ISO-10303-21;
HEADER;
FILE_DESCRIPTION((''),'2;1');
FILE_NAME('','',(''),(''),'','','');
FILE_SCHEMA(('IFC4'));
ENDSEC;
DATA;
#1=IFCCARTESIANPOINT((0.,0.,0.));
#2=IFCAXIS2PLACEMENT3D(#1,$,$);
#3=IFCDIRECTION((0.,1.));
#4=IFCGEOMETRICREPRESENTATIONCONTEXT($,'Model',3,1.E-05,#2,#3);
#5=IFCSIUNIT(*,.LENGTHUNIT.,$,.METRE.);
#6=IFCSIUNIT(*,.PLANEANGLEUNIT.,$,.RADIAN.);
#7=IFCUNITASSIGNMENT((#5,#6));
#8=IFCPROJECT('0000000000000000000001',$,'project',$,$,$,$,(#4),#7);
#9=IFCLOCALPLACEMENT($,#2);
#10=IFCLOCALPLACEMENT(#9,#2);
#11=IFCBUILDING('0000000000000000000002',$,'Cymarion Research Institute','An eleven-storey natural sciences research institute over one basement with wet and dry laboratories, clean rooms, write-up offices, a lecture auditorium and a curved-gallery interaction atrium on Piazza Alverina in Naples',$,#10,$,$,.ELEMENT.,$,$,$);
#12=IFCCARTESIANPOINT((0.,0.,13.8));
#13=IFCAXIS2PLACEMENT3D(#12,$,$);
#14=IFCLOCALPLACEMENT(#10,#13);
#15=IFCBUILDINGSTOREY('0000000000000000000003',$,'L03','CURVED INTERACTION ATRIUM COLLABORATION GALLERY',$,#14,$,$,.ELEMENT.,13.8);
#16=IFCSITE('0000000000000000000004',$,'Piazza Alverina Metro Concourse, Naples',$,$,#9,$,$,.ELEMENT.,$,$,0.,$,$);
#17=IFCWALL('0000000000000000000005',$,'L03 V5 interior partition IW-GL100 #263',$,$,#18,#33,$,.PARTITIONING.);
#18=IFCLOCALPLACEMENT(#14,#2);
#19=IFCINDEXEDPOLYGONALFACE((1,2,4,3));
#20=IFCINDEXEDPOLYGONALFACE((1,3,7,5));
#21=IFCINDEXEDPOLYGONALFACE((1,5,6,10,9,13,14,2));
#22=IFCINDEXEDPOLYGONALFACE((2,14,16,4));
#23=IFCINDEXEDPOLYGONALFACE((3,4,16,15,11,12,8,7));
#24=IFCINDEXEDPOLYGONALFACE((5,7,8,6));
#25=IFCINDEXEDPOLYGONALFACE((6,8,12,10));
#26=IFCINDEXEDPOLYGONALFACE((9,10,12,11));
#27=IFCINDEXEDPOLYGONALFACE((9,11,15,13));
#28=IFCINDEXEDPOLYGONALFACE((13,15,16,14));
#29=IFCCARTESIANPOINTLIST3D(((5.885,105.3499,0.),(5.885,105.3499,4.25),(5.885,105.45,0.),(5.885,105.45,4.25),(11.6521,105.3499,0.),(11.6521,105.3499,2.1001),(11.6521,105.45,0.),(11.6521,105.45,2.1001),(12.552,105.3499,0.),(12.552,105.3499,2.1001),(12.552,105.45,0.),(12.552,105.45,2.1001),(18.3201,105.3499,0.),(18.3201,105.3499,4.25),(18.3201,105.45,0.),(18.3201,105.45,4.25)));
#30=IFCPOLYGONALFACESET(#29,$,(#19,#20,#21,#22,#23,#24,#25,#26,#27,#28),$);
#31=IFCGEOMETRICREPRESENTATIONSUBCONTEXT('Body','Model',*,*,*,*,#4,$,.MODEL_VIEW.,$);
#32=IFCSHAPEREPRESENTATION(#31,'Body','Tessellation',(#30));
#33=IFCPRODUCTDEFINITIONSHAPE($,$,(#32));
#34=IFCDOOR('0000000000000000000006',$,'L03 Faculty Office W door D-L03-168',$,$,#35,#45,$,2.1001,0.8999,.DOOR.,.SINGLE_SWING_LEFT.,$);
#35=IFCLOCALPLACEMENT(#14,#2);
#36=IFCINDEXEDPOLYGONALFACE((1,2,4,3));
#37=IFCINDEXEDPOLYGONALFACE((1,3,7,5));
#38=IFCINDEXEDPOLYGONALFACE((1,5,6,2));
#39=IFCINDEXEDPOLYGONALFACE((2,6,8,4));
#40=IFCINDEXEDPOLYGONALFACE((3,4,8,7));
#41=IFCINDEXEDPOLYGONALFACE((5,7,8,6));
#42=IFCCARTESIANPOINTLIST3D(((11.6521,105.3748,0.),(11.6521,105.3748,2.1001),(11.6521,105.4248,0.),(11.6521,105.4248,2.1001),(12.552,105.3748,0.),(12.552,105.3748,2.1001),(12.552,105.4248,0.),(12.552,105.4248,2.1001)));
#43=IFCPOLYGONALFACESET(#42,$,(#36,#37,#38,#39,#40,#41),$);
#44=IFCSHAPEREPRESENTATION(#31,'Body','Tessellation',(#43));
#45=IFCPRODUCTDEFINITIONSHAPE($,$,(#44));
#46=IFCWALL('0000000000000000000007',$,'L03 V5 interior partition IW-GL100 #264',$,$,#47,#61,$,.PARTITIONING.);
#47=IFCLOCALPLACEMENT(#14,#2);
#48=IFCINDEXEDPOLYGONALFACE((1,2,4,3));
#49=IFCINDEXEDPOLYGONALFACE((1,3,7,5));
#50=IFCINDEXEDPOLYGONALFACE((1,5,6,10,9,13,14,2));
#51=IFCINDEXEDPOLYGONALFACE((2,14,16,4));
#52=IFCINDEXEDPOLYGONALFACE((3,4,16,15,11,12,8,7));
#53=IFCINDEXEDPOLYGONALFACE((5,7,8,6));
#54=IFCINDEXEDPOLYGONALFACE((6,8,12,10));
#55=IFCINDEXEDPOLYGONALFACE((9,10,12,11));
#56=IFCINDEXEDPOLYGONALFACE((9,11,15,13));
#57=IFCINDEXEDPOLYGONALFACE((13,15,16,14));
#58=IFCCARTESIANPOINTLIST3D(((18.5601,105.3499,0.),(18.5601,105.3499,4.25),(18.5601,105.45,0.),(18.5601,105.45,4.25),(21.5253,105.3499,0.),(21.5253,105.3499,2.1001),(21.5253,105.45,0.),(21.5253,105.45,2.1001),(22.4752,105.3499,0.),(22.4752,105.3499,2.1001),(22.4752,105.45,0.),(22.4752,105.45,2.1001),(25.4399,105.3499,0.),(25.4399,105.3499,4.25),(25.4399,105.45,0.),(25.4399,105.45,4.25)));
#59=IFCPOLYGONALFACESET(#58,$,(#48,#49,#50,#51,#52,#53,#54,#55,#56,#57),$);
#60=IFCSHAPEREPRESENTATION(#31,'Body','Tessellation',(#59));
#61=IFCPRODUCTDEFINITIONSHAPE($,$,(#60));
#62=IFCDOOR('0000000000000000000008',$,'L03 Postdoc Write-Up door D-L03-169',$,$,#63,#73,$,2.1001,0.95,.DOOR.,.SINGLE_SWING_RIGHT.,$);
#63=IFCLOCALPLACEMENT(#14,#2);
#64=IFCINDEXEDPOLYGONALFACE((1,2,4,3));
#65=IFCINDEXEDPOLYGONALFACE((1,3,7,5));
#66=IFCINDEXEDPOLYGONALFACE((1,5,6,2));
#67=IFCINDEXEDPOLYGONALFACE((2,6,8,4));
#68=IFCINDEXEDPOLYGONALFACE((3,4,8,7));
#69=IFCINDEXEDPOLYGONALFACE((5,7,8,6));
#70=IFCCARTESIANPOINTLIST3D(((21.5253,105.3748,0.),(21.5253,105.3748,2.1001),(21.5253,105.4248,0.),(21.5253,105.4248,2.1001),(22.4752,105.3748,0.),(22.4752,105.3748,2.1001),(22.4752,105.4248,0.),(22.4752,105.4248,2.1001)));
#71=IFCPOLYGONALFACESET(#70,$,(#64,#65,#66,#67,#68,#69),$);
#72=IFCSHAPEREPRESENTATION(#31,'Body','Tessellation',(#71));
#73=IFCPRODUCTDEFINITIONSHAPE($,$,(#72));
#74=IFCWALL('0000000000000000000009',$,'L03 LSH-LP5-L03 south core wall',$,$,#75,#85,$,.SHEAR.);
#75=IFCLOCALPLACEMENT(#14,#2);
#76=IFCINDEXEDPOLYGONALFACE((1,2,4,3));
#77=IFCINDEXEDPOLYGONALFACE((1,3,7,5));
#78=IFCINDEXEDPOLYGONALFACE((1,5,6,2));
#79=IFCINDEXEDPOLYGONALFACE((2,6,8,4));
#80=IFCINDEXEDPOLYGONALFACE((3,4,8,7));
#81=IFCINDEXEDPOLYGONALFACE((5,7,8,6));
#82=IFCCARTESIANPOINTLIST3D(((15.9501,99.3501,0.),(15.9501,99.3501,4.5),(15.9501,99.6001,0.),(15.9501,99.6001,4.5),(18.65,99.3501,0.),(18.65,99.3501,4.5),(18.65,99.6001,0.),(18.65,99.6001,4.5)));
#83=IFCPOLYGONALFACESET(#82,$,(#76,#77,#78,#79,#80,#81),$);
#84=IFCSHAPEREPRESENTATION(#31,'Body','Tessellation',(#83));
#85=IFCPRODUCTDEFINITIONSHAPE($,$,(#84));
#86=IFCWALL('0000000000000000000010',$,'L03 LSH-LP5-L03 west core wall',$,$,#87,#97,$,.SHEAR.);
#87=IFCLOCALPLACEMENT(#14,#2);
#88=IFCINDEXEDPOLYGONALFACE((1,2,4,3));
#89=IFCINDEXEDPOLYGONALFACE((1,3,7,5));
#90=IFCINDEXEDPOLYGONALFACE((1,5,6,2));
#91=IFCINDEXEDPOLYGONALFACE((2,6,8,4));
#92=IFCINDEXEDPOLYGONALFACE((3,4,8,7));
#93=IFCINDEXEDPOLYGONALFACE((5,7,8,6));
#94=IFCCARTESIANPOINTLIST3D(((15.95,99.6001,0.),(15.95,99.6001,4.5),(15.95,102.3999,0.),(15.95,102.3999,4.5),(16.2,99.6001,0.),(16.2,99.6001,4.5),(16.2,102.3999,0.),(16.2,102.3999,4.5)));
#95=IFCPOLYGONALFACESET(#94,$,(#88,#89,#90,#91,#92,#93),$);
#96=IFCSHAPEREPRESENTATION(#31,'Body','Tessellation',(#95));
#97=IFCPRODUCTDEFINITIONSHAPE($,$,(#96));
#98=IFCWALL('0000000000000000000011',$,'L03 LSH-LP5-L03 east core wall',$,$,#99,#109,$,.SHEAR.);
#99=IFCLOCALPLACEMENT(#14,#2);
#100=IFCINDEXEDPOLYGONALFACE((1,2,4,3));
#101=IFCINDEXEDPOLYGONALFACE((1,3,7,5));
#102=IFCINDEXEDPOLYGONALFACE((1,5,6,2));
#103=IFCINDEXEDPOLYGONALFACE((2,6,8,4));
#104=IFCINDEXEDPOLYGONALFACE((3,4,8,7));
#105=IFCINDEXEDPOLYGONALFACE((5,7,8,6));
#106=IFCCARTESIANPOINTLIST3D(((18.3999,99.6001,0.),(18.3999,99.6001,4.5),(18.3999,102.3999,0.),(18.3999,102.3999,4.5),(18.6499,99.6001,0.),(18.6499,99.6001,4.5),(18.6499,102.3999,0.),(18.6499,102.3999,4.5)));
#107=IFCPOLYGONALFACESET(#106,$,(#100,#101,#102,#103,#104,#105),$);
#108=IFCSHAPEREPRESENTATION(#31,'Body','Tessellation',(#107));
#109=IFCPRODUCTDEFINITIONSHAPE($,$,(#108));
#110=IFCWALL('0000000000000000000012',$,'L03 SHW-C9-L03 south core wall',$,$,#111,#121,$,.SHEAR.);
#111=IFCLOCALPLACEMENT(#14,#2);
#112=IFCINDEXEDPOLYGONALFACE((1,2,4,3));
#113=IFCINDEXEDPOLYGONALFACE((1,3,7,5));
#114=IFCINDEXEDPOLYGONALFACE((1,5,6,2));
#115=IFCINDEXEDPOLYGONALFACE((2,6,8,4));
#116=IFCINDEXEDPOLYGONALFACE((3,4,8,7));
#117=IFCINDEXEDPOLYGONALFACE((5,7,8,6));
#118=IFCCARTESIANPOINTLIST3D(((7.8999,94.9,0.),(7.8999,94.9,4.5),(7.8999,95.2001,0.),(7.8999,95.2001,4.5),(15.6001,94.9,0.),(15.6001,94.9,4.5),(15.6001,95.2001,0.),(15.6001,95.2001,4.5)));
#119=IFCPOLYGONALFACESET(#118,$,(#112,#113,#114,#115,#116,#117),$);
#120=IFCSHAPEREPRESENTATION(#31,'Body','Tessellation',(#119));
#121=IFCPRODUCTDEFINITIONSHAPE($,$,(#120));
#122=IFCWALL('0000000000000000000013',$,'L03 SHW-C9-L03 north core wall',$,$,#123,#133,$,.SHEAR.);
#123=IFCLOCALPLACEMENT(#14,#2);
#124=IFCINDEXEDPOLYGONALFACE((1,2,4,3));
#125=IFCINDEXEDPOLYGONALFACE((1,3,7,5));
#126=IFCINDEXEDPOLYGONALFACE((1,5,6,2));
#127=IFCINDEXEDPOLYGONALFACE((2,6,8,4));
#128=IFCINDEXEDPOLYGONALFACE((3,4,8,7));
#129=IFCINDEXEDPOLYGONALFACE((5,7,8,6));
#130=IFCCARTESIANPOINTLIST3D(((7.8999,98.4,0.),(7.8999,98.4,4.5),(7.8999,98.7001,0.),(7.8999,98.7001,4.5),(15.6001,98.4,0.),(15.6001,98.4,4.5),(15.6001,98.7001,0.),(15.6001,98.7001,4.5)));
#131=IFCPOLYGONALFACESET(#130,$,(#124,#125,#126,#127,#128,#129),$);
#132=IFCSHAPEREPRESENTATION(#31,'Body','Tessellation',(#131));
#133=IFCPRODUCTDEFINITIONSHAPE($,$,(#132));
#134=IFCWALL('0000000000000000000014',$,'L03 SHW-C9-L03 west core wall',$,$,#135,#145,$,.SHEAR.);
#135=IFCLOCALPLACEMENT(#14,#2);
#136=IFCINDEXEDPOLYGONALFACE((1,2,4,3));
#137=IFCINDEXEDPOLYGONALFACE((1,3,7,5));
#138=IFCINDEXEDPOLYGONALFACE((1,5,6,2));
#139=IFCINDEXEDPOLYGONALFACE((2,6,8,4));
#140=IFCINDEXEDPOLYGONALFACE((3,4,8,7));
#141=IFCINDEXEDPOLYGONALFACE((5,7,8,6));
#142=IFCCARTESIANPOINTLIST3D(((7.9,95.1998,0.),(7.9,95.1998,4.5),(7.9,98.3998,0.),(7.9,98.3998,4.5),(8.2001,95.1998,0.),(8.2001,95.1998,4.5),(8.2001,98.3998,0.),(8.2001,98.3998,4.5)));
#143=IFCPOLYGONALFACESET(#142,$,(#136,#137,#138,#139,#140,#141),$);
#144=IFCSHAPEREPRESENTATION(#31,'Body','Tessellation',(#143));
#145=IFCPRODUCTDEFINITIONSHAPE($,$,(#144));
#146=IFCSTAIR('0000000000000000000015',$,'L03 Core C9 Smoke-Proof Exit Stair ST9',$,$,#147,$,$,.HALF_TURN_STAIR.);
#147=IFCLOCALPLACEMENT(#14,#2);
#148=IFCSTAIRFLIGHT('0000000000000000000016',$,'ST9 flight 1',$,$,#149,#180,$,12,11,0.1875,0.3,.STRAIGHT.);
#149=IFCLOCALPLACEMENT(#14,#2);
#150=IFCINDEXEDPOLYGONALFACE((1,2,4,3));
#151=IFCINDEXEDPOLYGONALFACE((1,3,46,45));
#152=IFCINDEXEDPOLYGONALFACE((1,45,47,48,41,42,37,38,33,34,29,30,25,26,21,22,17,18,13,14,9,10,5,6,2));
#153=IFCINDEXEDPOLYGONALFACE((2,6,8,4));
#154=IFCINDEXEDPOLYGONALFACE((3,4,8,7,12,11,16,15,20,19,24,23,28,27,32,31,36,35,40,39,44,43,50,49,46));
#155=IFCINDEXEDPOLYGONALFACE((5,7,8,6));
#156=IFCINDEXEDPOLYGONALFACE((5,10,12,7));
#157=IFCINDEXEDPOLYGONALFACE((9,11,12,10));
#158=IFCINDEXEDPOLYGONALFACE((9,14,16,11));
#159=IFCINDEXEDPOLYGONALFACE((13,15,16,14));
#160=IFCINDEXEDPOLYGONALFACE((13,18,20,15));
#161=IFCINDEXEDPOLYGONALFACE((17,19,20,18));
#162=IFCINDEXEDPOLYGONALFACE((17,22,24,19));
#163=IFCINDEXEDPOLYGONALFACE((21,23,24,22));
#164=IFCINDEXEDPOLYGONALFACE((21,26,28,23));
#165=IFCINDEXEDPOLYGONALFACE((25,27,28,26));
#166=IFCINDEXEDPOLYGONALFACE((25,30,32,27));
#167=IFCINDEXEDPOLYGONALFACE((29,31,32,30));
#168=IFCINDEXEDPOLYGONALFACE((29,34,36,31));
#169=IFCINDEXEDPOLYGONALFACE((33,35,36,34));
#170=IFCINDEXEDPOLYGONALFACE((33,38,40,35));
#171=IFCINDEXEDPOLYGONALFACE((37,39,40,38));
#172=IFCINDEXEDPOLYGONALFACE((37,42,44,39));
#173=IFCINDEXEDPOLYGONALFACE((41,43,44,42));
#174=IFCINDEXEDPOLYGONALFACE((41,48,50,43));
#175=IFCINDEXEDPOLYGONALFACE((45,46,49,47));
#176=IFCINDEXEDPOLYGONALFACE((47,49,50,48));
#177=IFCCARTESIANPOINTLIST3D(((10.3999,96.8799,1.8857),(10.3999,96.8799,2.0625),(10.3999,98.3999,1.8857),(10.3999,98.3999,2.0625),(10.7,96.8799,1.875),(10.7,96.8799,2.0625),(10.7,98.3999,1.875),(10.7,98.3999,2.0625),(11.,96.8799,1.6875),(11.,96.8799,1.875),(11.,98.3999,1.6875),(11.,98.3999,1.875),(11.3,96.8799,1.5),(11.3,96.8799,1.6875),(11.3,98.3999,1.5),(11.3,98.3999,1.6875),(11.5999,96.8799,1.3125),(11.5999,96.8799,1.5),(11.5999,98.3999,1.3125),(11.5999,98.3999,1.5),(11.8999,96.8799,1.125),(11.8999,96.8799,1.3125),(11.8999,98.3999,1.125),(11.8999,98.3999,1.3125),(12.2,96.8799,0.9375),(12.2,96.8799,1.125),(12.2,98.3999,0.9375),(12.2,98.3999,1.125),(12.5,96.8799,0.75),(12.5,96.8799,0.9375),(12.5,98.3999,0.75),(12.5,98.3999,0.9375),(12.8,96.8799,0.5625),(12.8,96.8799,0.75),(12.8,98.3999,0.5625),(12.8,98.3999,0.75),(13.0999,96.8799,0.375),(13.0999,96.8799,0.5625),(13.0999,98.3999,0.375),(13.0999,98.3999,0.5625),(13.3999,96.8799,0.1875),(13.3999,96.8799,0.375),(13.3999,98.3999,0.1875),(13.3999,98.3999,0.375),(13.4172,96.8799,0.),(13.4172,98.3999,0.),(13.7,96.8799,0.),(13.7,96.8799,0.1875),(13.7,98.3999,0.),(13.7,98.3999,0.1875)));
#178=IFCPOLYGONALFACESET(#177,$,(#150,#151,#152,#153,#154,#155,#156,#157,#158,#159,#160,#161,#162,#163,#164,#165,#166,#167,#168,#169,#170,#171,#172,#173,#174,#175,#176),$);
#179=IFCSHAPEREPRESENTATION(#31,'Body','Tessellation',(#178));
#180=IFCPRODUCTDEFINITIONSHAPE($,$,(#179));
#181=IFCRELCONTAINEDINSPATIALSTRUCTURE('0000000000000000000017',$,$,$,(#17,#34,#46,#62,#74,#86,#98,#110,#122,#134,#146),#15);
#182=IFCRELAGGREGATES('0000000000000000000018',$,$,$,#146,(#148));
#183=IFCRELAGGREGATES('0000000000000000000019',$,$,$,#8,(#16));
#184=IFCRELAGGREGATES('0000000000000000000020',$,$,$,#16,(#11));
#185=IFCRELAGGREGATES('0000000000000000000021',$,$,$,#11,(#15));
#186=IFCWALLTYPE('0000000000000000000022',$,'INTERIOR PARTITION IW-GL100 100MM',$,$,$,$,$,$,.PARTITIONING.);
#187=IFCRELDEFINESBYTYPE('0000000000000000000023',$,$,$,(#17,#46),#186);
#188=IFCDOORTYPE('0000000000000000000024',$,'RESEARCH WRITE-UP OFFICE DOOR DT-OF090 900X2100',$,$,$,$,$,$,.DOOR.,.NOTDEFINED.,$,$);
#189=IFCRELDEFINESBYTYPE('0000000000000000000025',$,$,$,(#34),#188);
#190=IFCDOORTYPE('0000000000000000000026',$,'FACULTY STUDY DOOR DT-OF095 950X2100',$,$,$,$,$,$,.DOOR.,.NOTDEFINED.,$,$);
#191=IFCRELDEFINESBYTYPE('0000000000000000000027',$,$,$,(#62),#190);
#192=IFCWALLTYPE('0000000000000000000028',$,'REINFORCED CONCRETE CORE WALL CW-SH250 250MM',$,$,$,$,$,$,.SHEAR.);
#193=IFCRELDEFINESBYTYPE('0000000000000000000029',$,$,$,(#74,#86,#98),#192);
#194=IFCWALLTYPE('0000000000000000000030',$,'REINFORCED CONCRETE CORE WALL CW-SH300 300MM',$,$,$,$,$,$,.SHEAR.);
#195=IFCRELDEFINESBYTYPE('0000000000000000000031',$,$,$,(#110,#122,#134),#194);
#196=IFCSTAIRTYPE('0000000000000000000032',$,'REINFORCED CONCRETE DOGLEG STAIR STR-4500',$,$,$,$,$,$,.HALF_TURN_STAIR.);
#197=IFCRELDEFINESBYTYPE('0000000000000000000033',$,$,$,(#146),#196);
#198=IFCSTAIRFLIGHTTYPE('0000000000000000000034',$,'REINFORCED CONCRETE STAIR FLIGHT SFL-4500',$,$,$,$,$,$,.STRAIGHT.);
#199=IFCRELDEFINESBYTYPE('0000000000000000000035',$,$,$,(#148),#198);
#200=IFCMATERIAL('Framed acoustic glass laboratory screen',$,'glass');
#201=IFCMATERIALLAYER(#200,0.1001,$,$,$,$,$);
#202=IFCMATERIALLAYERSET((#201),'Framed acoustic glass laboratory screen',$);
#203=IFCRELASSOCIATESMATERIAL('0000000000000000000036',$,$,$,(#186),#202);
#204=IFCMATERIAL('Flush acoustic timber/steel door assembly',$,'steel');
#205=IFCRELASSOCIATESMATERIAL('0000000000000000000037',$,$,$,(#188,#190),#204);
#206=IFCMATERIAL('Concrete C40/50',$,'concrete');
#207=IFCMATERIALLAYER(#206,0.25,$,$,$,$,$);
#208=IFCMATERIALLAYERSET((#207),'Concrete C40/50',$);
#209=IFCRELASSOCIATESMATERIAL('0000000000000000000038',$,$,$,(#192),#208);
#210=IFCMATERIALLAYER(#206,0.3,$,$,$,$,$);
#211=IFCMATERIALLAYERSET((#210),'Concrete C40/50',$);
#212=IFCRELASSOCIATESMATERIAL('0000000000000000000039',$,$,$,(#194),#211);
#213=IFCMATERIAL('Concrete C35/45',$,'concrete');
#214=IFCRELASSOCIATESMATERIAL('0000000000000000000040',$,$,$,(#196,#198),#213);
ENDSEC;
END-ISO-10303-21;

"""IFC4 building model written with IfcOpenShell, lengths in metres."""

from ifc_helpers import new_model, si_unit, direction, frame, frame_2d, origin, place, context, subcontext, project, spatial, polyline, rectangle, outline, extrude, material, layer, layer_set, type_object, element, fill, aggregate, save


model = new_model("IFC4")

# Units and contexts
model_context = context("Model", 3, precision=1e-05, world=origin(), true_north=direction((0.0, 1.0)))
body_context = subcontext(model_context, "Body", "Model", "MODEL_VIEW")
ifc_project = project(units=[si_unit("LENGTHUNIT", "METRE"), si_unit("PLANEANGLEUNIT", "RADIAN")], contexts=[model_context])

# Site, building, storey
site_placement = place(None, origin())
site = spatial("IfcSite", under=ifc_project, at=site_placement, Name="Piazza Alverina Metro Concourse, Naples", CompositionType="ELEMENT", RefElevation=0.0)
building_placement = place(site_placement, origin())
building = spatial("IfcBuilding", under=site, at=building_placement, Name="Cymarion Research Institute", Description="An eleven-storey natural sciences research institute over one basement with wet and dry laboratories, clean rooms, write-up offices, a lecture auditorium and a curved-gallery interaction atrium on Piazza Alverina in Naples", CompositionType="ELEMENT")
storey_placement = place(building_placement, frame((0.0, 0.0, 13.8)))
storey = spatial("IfcBuildingStorey", under=building, at=storey_placement, Name="L03", Description="CURVED INTERACTION ATRIUM COLLABORATION GALLERY", CompositionType="ELEMENT", Elevation=13.8)

# Walls, openings, doors
ifc_material_1 = material(Name="Framed acoustic glass laboratory screen", Category="glass")
ifc_layer_1 = layer(ifc_material_1, 0.1001)
ifc_layer_set_1 = layer_set([ifc_layer_1], Name="Framed acoustic glass laboratory screen")
wall_type_1 = type_object("IfcWallType", Name="INTERIOR PARTITION IW-GL100 100MM", PredefinedType="PARTITIONING", material=ifc_layer_set_1)
wall_1_placement = place(storey_placement, frame((5.885, 105.3999, 0.0), z_axis=(0.0, 0.0, 1.0), x_axis=(1.0, 0.0, 0.0)))
wall_1 = element("IfcWall", 1, at=wall_1_placement, inside=storey, type_object=wall_type_1, Name="L03 V5 interior partition IW-GL100 #263", PredefinedType="PARTITIONING", context=body_context, shape_type="SweptSolid", body=[
    extrude(rectangle(XDim=12.4351, YDim=0.1001, at=frame_2d((6.2175, 0.0))), origin(), (0.0, 0.0, 1.0), 4.25),
])
opening_1_placement = place(wall_1_placement, frame((5.7671, 0.0, 0.0)))
opening_1 = element("IfcOpeningElement", 2, at=opening_1_placement, cuts=wall_1, PredefinedType="OPENING", context=body_context, shape_type="SweptSolid", body=[
    extrude(rectangle(XDim=0.8999, YDim=2.1001, at=frame_2d((0.45, 1.05))), frame((0.0, 0.0601, 0.0), z_axis=(0.0, -1.0, 0.0), x_axis=(1.0, 0.0, 0.0)), (0.0, 0.0, 1.0), 0.1201),
])
ifc_material_2 = material(Name="Flush acoustic timber/steel door assembly", Category="steel")
door_type_1 = type_object("IfcDoorType", Name="RESEARCH WRITE-UP OFFICE DOOR DT-OF090 900X2100", OperationType="NOTDEFINED", PredefinedType="DOOR", material=ifc_material_2)
door_1_placement = place(opening_1_placement, origin())
door_1 = element("IfcDoor", 3, at=door_1_placement, inside=storey, type_object=door_type_1, Name="L03 Faculty Office W door D-L03-168", OperationType="SINGLE_SWING_LEFT", OverallHeight=2.1001, OverallWidth=0.8999, PredefinedType="DOOR", context=body_context, shape_type="SweptSolid", body=[
    extrude(rectangle(XDim=0.8999, YDim=2.1001, at=frame_2d((0.45, 1.05))), frame((0.0, 0.0249, 0.0), z_axis=(0.0, -1.0, 0.0), x_axis=(1.0, 0.0, 0.0)), (0.0, 0.0, 1.0), 0.05),
])
fill(opening_1, door_1)
wall_2_placement = place(storey_placement, frame((18.5601, 105.3999, 0.0), z_axis=(0.0, 0.0, 1.0), x_axis=(1.0, 0.0, 0.0)))
wall_2 = element("IfcWall", 4, at=wall_2_placement, inside=storey, type_object=wall_type_1, Name="L03 V5 interior partition IW-GL100 #264", PredefinedType="PARTITIONING", context=body_context, shape_type="SweptSolid", body=[
    extrude(rectangle(XDim=6.8799, YDim=0.1001, at=frame_2d((3.4399, 0.0))), origin(), (0.0, 0.0, 1.0), 4.25),
])
opening_2_placement = place(wall_2_placement, frame((2.9651, 0.0, 0.0)))
opening_2 = element("IfcOpeningElement", 5, at=opening_2_placement, cuts=wall_2, PredefinedType="OPENING", context=body_context, shape_type="SweptSolid", body=[
    extrude(rectangle(XDim=0.95, YDim=2.1001, at=frame_2d((0.4751, 1.05))), frame((0.0, 0.0601, 0.0), z_axis=(0.0, -1.0, 0.0), x_axis=(1.0, 0.0, 0.0)), (0.0, 0.0, 1.0), 0.1201),
])
door_type_2 = type_object("IfcDoorType", Name="FACULTY STUDY DOOR DT-OF095 950X2100", OperationType="NOTDEFINED", PredefinedType="DOOR", material=ifc_material_2)
door_2_placement = place(opening_2_placement, origin())
door_2 = element("IfcDoor", 6, at=door_2_placement, inside=storey, type_object=door_type_2, Name="L03 Postdoc Write-Up door D-L03-169", OperationType="SINGLE_SWING_RIGHT", OverallHeight=2.1001, OverallWidth=0.95, PredefinedType="DOOR", context=body_context, shape_type="SweptSolid", body=[
    extrude(rectangle(XDim=0.95, YDim=2.1001, at=frame_2d((0.4751, 1.05))), frame((0.0, 0.0249, 0.0), z_axis=(0.0, -1.0, 0.0), x_axis=(1.0, 0.0, 0.0)), (0.0, 0.0, 1.0), 0.05),
])
fill(opening_2, door_2)

# Wall
ifc_material_3 = material(Name="Concrete C40/50", Category="concrete")
ifc_layer_2 = layer(ifc_material_3, 0.25)
ifc_layer_set_2 = layer_set([ifc_layer_2], Name="Concrete C40/50")
wall_type_2 = type_object("IfcWallType", Name="REINFORCED CONCRETE CORE WALL CW-SH250 250MM", PredefinedType="SHEAR", material=ifc_layer_set_2)
wall_3_placement = place(storey_placement, frame((15.95, 99.4751, 0.0), z_axis=(0.0, 0.0, 1.0), x_axis=(1.0, 0.0, 0.0)))
element("IfcWall", 7, at=wall_3_placement, inside=storey, type_object=wall_type_2, Name="L03 LSH-LP5-L03 south core wall", PredefinedType="SHEAR", context=body_context, shape_type="SweptSolid", body=[
    extrude(rectangle(XDim=2.7, YDim=0.25, at=frame_2d((1.3501, 0.0))), origin(), (0.0, 0.0, 1.0), 4.5),
])

# Walls
for number, where, z_axis, x_axis, name in (
    (8, (16.075, 102.3999, 0.0), (0.0, 0.0, 1.0), (0.0, -1.0, 0.0), "L03 LSH-LP5-L03 west core wall"),
    (9, (18.5249, 99.6001, 0.0), (0.0, 0.0, 1.0), (0.0, 1.0, 0.0), "L03 LSH-LP5-L03 east core wall"),
):
    element("IfcWall", number, at=place(storey_placement, frame(where, z_axis=z_axis, x_axis=x_axis)), inside=storey, type_object=wall_type_2, Name=name, PredefinedType="SHEAR", context=body_context, shape_type="SweptSolid", body=[
        extrude(rectangle(XDim=2.7998, YDim=0.25, at=frame_2d((1.3999, 0.0))), origin(), (0.0, 0.0, 1.0), 4.5),
    ])
ifc_layer_3 = layer(ifc_material_3, 0.3)
ifc_layer_set_3 = layer_set([ifc_layer_3], Name="Concrete C40/50")
wall_type_3 = type_object("IfcWallType", Name="REINFORCED CONCRETE CORE WALL CW-SH300 300MM", PredefinedType="SHEAR", material=ifc_layer_set_3)
for number, where, z_axis, x_axis, name in (
    (10, (7.8999, 95.05, 0.0), (0.0, 0.0, 1.0), (1.0, 0.0, 0.0), "L03 SHW-C9-L03 south core wall"),
    (11, (15.6001, 98.55, 0.0), (0.0, 0.0, 1.0), (-1.0, 0.0, 0.0), "L03 SHW-C9-L03 north core wall"),
):
    element("IfcWall", number, at=place(storey_placement, frame(where, z_axis=z_axis, x_axis=x_axis)), inside=storey, type_object=wall_type_3, Name=name, PredefinedType="SHEAR", context=body_context, shape_type="SweptSolid", body=[
        extrude(rectangle(XDim=7.7002, YDim=0.3, at=frame_2d((3.8501, 0.0))), origin(), (0.0, 0.0, 1.0), 4.5),
    ])
wall_4_placement = place(storey_placement, frame((8.05, 98.3999, 0.0), z_axis=(0.0, 0.0, 1.0), x_axis=(0.0, -1.0, 0.0)))
element("IfcWall", 12, at=wall_4_placement, inside=storey, type_object=wall_type_3, Name="L03 SHW-C9-L03 west core wall", PredefinedType="SHEAR", context=body_context, shape_type="SweptSolid", body=[
    extrude(rectangle(XDim=3.2, YDim=0.3, at=frame_2d((1.6001, 0.0))), origin(), (0.0, 0.0, 1.0), 4.5),
])

# Stair, stair flight
ifc_material_4 = material(Name="Concrete C35/45", Category="concrete")
stair_type = type_object("IfcStairType", Name="REINFORCED CONCRETE DOGLEG STAIR STR-4500", PredefinedType="HALF_TURN_STAIR", material=ifc_material_4)
stair_placement = place(storey_placement, origin())
stair = element("IfcStair", 13, at=stair_placement, inside=storey, type_object=stair_type, Name="L03 Core C9 Smoke-Proof Exit Stair ST9", PredefinedType="HALF_TURN_STAIR")
stair_flight_type = type_object("IfcStairFlightType", Name="REINFORCED CONCRETE STAIR FLIGHT SFL-4500", PredefinedType="STRAIGHT", material=ifc_material_4)
stair_flight_1_placement = place(storey_placement, frame((13.7, 97.6399, 0.0), z_axis=(0.0, 0.0, 1.0), x_axis=(-1.0, 0.0, 0.0)))
stair_flight_1 = element("IfcStairFlight", 14, at=stair_flight_1_placement, type_object=stair_flight_type, Name="ST9 flight 1", NumberOfRisers=12, NumberOfTreads=11, PredefinedType="STRAIGHT", RiserHeight=0.1875, TreadLength=0.3, context=body_context, shape_type="SweptSolid", body=[
    extrude(outline(polyline([(0.0, 0.0), (0.0, 0.1875), (0.3, 0.1875), (0.3, 0.375), (0.6001, 0.375), (0.6001, 0.5625), (0.8999, 0.5625), (0.8999, 0.75), (1.2, 0.75), (1.2, 0.9375), (1.5, 0.9375), (1.5, 1.125), (1.8, 1.125), (1.8, 1.3125), (2.1001, 1.3125), (2.1001, 1.5), (2.3999, 1.5), (2.3999, 1.6875), (2.7, 1.6875), (2.7, 1.875), (3.0, 1.875), (3.0, 2.0625), (3.3, 2.0625), (3.3, 2.25), (3.3, 1.8857), (0.2827, 0.0), (0.0, 0.0)])), frame((0.0, 0.76, 0.0), z_axis=(0.0, -1.0, 0.0), x_axis=(1.0, 0.0, 0.0)), (0.0, 0.0, 1.0), 1.52),
])
aggregate(stair, [stair_flight_1])

save(model, "model.ifc")
